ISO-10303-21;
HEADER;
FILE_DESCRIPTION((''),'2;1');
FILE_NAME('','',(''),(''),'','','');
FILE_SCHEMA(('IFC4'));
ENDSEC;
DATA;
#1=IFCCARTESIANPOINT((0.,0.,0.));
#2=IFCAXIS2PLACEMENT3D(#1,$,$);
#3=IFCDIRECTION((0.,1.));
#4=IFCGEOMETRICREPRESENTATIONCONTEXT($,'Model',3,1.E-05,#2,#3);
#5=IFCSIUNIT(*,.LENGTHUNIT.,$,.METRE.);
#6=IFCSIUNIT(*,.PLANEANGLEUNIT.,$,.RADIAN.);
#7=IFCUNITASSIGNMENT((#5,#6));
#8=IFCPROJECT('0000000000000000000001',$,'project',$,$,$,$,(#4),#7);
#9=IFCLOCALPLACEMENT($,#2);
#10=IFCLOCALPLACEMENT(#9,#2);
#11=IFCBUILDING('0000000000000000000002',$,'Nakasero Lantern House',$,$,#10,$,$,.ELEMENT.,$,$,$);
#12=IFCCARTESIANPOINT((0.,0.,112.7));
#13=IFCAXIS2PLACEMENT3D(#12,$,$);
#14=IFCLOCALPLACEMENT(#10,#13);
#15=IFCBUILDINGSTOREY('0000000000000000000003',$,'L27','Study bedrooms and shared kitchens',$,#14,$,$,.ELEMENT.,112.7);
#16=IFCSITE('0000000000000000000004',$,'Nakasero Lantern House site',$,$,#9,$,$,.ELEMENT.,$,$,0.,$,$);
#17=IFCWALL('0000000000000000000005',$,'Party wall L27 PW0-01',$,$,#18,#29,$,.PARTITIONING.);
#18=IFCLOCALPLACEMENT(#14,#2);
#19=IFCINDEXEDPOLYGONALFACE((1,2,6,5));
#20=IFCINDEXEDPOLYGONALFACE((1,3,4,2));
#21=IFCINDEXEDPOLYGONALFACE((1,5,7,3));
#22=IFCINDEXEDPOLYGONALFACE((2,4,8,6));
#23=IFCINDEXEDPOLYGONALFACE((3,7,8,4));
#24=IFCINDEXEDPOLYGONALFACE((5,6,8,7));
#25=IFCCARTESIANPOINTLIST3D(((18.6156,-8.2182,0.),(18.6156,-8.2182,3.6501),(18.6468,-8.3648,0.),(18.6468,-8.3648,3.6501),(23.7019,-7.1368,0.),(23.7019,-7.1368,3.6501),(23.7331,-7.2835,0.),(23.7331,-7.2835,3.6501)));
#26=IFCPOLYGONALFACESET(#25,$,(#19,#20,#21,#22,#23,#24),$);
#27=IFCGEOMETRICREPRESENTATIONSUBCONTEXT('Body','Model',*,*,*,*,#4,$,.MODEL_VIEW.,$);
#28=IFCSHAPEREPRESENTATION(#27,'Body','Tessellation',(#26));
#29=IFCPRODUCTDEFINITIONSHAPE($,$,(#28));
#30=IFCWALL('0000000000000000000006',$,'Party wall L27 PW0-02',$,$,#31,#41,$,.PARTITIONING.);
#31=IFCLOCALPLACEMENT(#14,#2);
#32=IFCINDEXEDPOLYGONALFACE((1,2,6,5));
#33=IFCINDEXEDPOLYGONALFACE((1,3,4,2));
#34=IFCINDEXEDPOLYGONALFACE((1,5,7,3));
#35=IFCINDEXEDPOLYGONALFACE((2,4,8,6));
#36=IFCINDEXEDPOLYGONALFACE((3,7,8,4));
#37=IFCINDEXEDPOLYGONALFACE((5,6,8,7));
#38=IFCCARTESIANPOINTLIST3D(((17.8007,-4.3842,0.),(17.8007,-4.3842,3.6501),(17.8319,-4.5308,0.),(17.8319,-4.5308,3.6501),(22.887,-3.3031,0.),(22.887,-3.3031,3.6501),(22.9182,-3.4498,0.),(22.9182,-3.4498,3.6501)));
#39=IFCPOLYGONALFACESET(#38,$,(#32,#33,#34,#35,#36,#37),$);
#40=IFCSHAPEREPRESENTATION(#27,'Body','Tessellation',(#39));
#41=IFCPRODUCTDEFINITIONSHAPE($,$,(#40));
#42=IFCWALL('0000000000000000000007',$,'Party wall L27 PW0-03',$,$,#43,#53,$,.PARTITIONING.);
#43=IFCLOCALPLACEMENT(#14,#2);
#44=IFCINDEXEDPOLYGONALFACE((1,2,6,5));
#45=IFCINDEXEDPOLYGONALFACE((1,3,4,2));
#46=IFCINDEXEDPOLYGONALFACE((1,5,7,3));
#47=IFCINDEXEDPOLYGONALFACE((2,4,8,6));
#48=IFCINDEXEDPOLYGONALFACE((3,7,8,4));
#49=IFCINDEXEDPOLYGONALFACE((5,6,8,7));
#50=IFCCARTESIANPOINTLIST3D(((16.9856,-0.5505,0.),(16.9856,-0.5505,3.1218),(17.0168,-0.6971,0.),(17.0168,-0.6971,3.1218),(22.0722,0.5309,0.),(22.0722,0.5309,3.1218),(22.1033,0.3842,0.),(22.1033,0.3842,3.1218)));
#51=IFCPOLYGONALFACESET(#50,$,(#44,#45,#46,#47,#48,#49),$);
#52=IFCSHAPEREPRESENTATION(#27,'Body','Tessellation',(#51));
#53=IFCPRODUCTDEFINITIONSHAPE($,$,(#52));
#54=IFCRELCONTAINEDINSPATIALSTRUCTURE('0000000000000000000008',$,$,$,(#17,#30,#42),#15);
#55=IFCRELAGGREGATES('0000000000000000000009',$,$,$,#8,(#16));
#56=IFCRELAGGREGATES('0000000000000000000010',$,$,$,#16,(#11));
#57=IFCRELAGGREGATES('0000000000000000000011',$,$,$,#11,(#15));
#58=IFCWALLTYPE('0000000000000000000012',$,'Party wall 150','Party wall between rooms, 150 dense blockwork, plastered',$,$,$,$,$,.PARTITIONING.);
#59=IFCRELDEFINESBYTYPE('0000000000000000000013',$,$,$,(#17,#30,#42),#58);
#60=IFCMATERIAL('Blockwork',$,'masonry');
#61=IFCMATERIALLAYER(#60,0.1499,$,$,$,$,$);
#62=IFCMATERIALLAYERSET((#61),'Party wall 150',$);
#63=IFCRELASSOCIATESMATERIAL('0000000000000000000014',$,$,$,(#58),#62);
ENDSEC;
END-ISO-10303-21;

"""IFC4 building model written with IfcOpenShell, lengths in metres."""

from ifc_helpers import new_model, si_unit, direction, frame, frame_2d, origin, place, context, subcontext, project, spatial, rectangle, extrude, material, layer, layer_set, type_object, element, save


model = new_model("IFC4")

# Units and contexts
model_context = context("Model", 3, precision=1e-05, world=origin(), true_north=direction((0.0, 1.0)))
body_context = subcontext(model_context, "Body", "Model", "MODEL_VIEW")
ifc_project = project(units=[si_unit("LENGTHUNIT", "METRE"), si_unit("PLANEANGLEUNIT", "RADIAN")], contexts=[model_context])

# Site, building, storey
site_placement = place(None, origin())
site = spatial("IfcSite", under=ifc_project, at=site_placement, Name="Nakasero Lantern House site", CompositionType="ELEMENT", RefElevation=0.0)
building_placement = place(site_placement, origin())
building = spatial("IfcBuilding", under=site, at=building_placement, Name="Nakasero Lantern House", CompositionType="ELEMENT")
storey_placement = place(building_placement, frame((0.0, 0.0, 112.7)))
storey = spatial("IfcBuildingStorey", under=building, at=storey_placement, Name="L27", Description="Study bedrooms and shared kitchens", CompositionType="ELEMENT", Elevation=112.7)

# Walls
ifc_material_1 = material(Name="Blockwork", Category="masonry")
ifc_layer_1 = layer(ifc_material_1, 0.1499)
ifc_layer_set_1 = layer_set([ifc_layer_1], Name="Party wall 150")
wall_type_1 = type_object("IfcWallType", Name="Party wall 150", Description="Party wall between rooms, 150 dense blockwork, plastered", PredefinedType="PARTITIONING", material=ifc_layer_set_1)
for number, where, z_axis, x_axis, name in (
    (1, (18.6311, -8.2915, 0.0), (0.0, 0.0, 1.0), (0.97814, 0.207948, 0.0), "Party wall L27 PW0-01"),
    (2, (17.8162, -4.4575, 0.0), (0.0, 0.0, 1.0), (0.978151, 0.207894, 0.0), "Party wall L27 PW0-02"),
):
    element("IfcWall", number, at=place(storey_placement, frame(where, z_axis=z_axis, x_axis=x_axis)), inside=storey, type_object=wall_type_1, Name=name, PredefinedType="PARTITIONING", context=body_context, shape_type="SweptSolid", body=[
        extrude(rectangle(XDim=5.2, YDim=0.1499, at=frame_2d((2.6001, 0.0))), origin(), (0.0, 0.0, 1.0), 3.6501),
    ])
wall_1_placement = place(storey_placement, frame((17.0012, -0.6238, 0.0), z_axis=(0.0, 0.0, 1.0), x_axis=(0.978142, 0.207938, 0.0)))
element("IfcWall", 3, at=wall_1_placement, inside=storey, type_object=wall_type_1, Name="Party wall L27 PW0-03", PredefinedType="PARTITIONING", context=body_context, shape_type="SweptSolid", body=[
    extrude(rectangle(XDim=5.2002, YDim=0.1499, at=frame_2d((2.6001, 0.0))), origin(), (0.0, 0.0, 1.0), 3.1218),
])

save(model, "model.ifc")
